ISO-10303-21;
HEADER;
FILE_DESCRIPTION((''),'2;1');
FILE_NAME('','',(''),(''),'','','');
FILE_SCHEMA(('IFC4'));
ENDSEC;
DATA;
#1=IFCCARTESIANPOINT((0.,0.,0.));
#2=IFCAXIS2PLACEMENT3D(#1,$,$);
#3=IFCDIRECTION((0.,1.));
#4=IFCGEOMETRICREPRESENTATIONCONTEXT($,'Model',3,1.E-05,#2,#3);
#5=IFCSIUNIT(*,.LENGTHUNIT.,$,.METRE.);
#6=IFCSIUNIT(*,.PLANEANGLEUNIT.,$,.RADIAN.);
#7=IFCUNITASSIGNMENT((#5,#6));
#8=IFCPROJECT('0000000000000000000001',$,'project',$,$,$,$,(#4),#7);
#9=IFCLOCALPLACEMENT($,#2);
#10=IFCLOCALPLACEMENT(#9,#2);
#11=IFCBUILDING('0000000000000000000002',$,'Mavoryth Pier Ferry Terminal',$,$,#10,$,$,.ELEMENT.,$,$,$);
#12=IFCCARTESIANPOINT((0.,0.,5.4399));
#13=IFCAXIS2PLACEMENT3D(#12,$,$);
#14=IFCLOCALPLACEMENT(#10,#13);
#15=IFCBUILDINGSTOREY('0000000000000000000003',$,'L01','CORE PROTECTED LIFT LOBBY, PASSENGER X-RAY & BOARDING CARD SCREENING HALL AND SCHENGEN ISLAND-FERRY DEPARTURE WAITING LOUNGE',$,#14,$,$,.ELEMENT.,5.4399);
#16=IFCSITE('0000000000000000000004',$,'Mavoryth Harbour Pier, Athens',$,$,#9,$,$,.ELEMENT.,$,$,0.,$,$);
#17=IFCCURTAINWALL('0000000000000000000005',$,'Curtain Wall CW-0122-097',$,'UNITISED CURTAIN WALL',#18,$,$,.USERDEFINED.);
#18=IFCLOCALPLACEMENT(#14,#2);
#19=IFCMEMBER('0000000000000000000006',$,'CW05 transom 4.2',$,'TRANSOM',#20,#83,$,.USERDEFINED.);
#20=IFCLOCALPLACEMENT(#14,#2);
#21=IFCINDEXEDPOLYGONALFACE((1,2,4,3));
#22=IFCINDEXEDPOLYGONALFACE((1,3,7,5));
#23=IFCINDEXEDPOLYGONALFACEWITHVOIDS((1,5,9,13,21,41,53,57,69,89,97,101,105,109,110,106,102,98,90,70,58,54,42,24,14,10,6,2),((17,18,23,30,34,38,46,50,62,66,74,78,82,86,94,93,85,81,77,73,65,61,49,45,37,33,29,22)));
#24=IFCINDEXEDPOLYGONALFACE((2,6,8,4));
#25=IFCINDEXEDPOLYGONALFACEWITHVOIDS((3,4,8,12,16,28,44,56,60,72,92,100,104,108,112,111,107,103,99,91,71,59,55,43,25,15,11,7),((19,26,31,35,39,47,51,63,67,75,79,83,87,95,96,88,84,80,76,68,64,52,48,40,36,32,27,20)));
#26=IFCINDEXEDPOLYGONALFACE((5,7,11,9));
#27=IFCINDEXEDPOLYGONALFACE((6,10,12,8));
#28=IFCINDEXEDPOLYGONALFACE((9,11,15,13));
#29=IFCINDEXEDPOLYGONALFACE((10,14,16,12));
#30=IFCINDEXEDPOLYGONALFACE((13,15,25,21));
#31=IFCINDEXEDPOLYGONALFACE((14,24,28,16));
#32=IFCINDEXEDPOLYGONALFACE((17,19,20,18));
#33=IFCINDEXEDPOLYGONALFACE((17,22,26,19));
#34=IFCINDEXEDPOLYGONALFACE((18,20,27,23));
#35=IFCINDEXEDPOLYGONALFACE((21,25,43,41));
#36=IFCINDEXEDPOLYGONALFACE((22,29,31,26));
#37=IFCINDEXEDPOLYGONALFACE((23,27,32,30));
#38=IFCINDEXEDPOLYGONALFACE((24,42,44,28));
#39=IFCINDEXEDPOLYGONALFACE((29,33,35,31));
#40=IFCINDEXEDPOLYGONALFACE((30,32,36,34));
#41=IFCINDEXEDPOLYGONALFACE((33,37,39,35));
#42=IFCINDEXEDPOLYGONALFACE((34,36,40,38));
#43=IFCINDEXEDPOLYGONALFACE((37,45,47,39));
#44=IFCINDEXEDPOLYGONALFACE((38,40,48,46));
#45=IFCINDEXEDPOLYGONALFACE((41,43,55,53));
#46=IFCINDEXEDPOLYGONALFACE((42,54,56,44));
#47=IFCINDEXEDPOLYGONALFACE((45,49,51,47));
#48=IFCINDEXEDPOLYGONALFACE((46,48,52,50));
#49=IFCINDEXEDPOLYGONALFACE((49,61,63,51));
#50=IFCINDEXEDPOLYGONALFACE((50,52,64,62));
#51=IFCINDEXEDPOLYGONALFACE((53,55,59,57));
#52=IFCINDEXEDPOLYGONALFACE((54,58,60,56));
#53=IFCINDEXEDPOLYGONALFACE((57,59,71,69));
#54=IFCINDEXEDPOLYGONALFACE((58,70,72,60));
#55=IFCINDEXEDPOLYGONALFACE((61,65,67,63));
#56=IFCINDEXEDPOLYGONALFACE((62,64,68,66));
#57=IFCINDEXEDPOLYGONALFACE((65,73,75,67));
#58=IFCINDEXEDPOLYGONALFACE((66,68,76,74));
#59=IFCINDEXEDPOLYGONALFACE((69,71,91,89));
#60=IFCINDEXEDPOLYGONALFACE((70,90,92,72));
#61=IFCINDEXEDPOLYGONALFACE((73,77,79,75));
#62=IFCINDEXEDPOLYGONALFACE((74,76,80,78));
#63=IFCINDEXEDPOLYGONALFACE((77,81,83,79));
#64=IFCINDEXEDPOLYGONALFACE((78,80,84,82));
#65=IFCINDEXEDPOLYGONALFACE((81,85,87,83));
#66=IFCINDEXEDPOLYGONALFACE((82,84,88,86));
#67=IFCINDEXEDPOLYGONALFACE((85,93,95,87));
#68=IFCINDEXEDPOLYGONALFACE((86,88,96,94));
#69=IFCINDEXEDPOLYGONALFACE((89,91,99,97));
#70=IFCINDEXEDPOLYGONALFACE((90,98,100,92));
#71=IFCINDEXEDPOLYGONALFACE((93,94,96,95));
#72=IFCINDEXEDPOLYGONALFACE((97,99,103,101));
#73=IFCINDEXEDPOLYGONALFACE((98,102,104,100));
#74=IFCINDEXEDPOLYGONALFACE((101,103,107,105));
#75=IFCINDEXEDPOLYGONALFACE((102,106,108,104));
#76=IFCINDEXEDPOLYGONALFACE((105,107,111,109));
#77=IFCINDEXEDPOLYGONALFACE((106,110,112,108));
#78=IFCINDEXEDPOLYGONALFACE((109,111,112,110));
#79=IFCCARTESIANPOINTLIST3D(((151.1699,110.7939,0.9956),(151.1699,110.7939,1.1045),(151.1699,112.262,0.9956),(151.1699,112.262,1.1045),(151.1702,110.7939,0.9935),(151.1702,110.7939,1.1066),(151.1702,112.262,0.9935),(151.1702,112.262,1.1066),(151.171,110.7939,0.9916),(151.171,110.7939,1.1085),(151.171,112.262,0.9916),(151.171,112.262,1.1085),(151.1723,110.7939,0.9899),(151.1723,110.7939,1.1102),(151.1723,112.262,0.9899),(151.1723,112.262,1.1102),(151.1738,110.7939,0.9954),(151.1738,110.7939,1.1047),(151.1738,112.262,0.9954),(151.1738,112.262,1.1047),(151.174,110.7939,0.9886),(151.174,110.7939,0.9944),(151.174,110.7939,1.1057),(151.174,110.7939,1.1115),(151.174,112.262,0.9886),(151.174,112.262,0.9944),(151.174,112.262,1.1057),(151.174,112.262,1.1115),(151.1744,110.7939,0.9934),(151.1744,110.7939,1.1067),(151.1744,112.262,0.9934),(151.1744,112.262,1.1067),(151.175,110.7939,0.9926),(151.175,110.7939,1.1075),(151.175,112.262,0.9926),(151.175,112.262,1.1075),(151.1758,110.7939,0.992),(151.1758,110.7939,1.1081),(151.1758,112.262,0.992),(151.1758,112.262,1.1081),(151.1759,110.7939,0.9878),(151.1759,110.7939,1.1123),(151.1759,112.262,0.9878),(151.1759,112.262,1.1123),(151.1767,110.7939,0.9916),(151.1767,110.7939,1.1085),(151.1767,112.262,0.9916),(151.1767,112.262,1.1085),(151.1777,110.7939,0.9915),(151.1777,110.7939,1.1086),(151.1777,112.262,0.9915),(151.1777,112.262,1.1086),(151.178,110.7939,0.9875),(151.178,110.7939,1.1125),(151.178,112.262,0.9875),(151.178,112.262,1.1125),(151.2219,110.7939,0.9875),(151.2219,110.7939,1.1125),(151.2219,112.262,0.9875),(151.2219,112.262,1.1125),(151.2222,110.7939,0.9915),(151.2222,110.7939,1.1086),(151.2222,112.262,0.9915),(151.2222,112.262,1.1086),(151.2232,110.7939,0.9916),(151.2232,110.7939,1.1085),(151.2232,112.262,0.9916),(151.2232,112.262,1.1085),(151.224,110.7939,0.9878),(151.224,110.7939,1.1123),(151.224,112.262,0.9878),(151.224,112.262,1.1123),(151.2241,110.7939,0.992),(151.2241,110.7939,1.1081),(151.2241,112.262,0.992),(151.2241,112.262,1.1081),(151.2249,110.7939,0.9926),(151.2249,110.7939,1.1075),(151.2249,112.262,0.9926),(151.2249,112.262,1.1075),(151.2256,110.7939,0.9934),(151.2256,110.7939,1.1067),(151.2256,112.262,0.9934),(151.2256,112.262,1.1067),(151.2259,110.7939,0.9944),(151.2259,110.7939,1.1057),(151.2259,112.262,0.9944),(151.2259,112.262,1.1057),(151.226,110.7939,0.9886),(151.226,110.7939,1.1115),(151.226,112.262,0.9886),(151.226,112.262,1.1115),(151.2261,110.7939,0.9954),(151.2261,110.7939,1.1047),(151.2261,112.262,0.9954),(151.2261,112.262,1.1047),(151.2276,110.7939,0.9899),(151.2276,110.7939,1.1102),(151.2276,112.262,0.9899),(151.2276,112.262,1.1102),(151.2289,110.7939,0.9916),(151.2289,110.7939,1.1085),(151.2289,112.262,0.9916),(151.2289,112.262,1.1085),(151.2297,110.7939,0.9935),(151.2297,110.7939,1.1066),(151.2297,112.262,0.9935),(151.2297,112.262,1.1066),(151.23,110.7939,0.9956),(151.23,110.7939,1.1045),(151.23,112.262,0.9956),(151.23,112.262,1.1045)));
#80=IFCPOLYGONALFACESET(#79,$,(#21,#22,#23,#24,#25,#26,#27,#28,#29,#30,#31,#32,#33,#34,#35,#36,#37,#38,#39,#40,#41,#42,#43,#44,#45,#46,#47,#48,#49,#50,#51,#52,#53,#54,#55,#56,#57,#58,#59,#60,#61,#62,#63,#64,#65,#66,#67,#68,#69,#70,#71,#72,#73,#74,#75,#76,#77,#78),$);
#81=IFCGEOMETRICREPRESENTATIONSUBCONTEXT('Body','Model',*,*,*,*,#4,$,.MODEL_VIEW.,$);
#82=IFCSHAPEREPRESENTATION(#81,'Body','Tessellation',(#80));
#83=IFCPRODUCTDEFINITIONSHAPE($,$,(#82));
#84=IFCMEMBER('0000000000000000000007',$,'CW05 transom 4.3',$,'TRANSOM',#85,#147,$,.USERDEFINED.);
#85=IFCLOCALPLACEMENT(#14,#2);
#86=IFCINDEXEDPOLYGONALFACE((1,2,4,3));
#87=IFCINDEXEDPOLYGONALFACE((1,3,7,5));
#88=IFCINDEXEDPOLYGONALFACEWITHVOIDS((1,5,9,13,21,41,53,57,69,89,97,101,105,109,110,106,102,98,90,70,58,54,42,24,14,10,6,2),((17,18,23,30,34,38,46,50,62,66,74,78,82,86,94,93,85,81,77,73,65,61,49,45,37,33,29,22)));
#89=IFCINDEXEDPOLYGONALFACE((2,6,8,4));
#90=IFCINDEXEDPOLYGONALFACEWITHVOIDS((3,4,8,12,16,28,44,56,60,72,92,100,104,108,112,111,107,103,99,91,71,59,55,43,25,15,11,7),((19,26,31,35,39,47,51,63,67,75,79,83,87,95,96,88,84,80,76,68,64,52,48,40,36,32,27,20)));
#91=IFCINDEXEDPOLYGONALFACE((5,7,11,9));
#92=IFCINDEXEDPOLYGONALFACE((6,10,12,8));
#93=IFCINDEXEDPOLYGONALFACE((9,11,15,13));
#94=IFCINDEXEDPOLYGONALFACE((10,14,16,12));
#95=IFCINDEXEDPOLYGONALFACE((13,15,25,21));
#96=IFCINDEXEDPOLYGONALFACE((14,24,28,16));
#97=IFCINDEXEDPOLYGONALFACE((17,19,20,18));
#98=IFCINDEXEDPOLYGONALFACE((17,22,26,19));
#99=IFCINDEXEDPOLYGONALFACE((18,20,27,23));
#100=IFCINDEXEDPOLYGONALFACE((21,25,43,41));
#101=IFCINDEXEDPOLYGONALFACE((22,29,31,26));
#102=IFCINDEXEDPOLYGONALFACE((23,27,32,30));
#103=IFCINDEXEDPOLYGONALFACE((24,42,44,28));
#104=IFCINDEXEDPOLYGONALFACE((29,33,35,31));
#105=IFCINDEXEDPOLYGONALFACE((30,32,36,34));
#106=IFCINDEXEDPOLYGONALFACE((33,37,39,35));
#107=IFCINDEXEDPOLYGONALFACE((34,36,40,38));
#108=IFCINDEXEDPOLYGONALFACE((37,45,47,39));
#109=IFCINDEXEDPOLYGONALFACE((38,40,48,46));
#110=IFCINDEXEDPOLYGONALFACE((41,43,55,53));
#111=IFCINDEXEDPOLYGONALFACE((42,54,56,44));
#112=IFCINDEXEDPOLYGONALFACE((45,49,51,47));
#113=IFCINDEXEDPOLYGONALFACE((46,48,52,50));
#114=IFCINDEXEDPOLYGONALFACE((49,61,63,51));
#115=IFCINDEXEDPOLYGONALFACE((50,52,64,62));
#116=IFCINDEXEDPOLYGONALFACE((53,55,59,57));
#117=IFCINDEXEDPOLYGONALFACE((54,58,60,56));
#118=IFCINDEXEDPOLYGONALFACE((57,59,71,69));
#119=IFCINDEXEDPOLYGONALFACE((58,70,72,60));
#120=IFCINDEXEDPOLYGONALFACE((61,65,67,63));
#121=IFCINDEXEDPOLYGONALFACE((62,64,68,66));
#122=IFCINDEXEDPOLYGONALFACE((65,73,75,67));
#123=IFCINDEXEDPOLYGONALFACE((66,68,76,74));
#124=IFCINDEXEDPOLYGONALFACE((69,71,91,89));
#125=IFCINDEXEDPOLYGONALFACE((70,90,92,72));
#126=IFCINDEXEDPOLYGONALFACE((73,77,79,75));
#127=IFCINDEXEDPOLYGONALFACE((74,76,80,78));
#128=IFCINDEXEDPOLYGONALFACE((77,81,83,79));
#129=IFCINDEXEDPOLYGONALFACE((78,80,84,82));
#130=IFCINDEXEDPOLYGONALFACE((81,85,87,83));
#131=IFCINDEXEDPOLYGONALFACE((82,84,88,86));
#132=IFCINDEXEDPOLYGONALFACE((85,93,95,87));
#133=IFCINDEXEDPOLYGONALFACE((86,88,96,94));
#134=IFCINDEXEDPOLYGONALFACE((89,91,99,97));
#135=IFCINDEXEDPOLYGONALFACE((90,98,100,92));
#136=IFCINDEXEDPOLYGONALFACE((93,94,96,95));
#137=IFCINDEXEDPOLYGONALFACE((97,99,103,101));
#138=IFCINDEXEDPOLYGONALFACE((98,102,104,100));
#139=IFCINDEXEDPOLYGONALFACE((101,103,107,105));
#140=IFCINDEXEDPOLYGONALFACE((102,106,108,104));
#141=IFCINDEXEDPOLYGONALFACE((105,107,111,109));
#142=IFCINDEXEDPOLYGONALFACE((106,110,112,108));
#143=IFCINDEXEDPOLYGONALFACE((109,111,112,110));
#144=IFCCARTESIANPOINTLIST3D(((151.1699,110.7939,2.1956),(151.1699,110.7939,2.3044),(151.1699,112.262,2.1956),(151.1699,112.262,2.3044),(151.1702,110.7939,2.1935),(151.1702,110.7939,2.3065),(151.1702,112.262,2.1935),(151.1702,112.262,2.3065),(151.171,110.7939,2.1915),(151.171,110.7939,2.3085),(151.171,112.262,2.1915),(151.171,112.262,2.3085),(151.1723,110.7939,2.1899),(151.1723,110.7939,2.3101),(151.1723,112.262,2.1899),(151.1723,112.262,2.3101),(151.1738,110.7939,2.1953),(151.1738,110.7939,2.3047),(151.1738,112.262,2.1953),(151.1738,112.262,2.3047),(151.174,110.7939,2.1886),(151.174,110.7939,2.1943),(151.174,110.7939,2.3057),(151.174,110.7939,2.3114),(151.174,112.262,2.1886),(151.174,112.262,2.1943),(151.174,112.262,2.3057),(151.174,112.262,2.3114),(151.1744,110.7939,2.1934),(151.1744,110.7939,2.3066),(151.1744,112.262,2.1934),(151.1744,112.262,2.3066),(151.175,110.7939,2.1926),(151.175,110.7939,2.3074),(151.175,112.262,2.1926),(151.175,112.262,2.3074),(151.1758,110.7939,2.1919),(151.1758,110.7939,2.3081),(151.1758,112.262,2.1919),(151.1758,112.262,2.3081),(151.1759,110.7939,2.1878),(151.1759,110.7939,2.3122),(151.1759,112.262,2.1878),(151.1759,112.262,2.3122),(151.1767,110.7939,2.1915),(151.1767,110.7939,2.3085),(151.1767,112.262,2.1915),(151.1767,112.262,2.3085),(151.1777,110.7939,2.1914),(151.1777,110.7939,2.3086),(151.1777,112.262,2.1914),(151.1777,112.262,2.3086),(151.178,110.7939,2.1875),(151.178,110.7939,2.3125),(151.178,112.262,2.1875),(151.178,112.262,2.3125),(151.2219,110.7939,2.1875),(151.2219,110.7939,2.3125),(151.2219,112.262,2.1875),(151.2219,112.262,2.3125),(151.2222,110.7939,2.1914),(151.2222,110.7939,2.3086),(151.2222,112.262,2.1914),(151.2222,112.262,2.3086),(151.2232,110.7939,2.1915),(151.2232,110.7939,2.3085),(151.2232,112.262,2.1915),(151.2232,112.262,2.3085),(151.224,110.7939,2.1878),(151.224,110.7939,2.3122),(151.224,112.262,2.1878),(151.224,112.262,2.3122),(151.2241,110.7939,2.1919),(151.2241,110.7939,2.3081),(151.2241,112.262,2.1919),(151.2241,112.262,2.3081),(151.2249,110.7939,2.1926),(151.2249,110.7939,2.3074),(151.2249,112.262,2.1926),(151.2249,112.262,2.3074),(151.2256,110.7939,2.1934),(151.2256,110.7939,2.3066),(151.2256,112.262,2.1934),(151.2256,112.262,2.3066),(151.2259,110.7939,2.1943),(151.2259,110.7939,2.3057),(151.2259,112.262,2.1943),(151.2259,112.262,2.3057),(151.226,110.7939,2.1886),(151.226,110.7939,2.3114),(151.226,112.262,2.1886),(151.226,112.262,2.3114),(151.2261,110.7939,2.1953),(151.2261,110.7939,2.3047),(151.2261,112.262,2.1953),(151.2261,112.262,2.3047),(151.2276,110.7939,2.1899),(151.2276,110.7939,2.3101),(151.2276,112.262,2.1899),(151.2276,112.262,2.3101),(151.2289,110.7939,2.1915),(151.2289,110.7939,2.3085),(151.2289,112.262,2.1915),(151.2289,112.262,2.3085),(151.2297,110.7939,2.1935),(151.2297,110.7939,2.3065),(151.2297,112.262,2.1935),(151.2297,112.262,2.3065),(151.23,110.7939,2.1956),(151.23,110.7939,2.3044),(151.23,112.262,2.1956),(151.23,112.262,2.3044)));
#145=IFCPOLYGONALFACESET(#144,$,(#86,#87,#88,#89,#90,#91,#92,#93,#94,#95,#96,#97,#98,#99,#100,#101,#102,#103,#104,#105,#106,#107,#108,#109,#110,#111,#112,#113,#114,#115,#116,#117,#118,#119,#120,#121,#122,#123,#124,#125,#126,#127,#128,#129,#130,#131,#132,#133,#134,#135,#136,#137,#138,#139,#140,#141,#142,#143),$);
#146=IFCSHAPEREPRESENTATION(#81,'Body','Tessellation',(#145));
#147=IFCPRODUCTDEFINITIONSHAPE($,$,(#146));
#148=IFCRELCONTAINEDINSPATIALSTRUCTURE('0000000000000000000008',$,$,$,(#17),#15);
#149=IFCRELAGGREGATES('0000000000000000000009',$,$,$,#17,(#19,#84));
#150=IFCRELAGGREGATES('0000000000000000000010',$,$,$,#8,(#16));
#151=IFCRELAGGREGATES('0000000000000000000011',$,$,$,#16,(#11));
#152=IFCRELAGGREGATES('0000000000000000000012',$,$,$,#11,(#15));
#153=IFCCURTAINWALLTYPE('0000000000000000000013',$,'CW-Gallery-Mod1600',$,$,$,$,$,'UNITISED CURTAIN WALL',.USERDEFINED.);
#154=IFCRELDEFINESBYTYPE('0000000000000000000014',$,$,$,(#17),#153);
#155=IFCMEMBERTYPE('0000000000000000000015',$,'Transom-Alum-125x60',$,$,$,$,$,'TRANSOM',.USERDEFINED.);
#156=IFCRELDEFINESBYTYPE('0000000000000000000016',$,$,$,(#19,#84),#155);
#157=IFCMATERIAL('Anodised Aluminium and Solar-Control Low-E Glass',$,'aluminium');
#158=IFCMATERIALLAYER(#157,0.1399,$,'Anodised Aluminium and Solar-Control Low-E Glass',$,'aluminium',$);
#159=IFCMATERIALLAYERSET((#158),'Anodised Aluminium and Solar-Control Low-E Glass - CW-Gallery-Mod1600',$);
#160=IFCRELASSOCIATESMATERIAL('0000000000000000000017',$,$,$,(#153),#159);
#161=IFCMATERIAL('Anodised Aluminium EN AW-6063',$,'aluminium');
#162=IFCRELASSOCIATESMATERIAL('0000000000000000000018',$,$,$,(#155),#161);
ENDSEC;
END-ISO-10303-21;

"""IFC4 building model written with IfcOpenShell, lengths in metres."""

from ifc_helpers import new_model, si_unit, direction, frame, origin, origin_2d, place, context, subcontext, project, spatial, hollow_rectangle, extrude, material, layer, layer_set, material_profile, profile_set, type_object, element, aggregate, save


model = new_model("IFC4")

# Units and contexts
model_context = context("Model", 3, precision=1e-05, world=origin(), true_north=direction((0.0, 1.0)))
body_context = subcontext(model_context, "Body", "Model", "MODEL_VIEW")
ifc_project = project(units=[si_unit("LENGTHUNIT", "METRE"), si_unit("PLANEANGLEUNIT", "RADIAN")], contexts=[model_context])

# Site, building, storey
site_placement = place(None, origin())
site = spatial("IfcSite", under=ifc_project, at=site_placement, Name="Mavoryth Harbour Pier, Athens", CompositionType="ELEMENT", RefElevation=0.0)
building_placement = place(site_placement, origin())
building = spatial("IfcBuilding", under=site, at=building_placement, Name="Mavoryth Pier Ferry Terminal", CompositionType="ELEMENT")
storey_placement = place(building_placement, frame((0.0, 0.0, 5.4399)))
storey = spatial("IfcBuildingStorey", under=building, at=storey_placement, Name="L01", Description="CORE PROTECTED LIFT LOBBY, PASSENGER X-RAY & BOARDING CARD SCREENING HALL AND SCHENGEN ISLAND-FERRY DEPARTURE WAITING LOUNGE", CompositionType="ELEMENT", Elevation=5.4399)

# Curtain wall
ifc_material_1 = material(Name="Anodised Aluminium and Solar-Control Low-E Glass", Category="aluminium")
ifc_layer_1 = layer(ifc_material_1, 0.1399, Name="Anodised Aluminium and Solar-Control Low-E Glass", Category="aluminium")
ifc_layer_set_1 = layer_set([ifc_layer_1], Name="Anodised Aluminium and Solar-Control Low-E Glass - CW-Gallery-Mod1600")
curtain_wall_type = type_object("IfcCurtainWallType", Name="CW-Gallery-Mod1600", ElementType="UNITISED CURTAIN WALL", PredefinedType="USERDEFINED", material=ifc_layer_set_1)
ifc_material_2 = material(Name="Anodised Aluminium EN AW-6063", Category="aluminium")
curtain_wall_1_placement = place(storey_placement, origin())
curtain_wall_1 = element("IfcCurtainWall", 1, at=curtain_wall_1_placement, inside=storey, type_object=curtain_wall_type, Name="Curtain Wall CW-0122-097", ObjectType="UNITISED CURTAIN WALL", PredefinedType="USERDEFINED")

# Members
ifc_material_profile_1 = material_profile(ifc_material_2, hollow_rectangle(XDim=0.0601, YDim=0.125, WallThickness=0.0039, InnerFilletRadius=0.0039, OuterFilletRadius=0.0081, at=origin_2d()), Name="AL-TRAN 125x60x4", Category="aluminium")
ifc_profile_set_1 = profile_set([ifc_material_profile_1], Name="Anodised Aluminium EN AW-6063 - AL-TRAN 125x60x4")
member_type_1 = type_object("IfcMemberType", Name="Transom-Alum-125x60", ElementType="TRANSOM", PredefinedType="USERDEFINED", material=ifc_profile_set_1)
member_1_placement = place(storey_placement, frame((151.2, 110.7939, 1.05), z_axis=(0.0, 1.0, 0.0), x_axis=(-1.0, 0.0, 0.0)))
member_1 = element("IfcMember", 2, at=member_1_placement, type_object=member_type_1, Name="CW05 transom 4.2", ObjectType="TRANSOM", PredefinedType="USERDEFINED", context=body_context, shape_type="SweptSolid", body=[
    extrude(hollow_rectangle(XDim=0.0601, YDim=0.125, WallThickness=0.0039, InnerFilletRadius=0.0039, OuterFilletRadius=0.0081, at=origin_2d()), origin(), (0.0, 0.0, 1.0), 1.468),
])
member_2_placement = place(storey_placement, frame((151.2, 110.7939, 2.25), z_axis=(0.0, 1.0, 0.0), x_axis=(-1.0, 0.0, 0.0)))
member_2 = element("IfcMember", 3, at=member_2_placement, type_object=member_type_1, Name="CW05 transom 4.3", ObjectType="TRANSOM", PredefinedType="USERDEFINED", context=body_context, shape_type="SweptSolid", body=[
    extrude(hollow_rectangle(XDim=0.0601, YDim=0.125, WallThickness=0.0039, InnerFilletRadius=0.0039, OuterFilletRadius=0.0081, at=origin_2d()), origin(), (0.0, 0.0, 1.0), 1.468),
])

aggregate(curtain_wall_1, [member_1, member_2])

save(model, "model.ifc")
